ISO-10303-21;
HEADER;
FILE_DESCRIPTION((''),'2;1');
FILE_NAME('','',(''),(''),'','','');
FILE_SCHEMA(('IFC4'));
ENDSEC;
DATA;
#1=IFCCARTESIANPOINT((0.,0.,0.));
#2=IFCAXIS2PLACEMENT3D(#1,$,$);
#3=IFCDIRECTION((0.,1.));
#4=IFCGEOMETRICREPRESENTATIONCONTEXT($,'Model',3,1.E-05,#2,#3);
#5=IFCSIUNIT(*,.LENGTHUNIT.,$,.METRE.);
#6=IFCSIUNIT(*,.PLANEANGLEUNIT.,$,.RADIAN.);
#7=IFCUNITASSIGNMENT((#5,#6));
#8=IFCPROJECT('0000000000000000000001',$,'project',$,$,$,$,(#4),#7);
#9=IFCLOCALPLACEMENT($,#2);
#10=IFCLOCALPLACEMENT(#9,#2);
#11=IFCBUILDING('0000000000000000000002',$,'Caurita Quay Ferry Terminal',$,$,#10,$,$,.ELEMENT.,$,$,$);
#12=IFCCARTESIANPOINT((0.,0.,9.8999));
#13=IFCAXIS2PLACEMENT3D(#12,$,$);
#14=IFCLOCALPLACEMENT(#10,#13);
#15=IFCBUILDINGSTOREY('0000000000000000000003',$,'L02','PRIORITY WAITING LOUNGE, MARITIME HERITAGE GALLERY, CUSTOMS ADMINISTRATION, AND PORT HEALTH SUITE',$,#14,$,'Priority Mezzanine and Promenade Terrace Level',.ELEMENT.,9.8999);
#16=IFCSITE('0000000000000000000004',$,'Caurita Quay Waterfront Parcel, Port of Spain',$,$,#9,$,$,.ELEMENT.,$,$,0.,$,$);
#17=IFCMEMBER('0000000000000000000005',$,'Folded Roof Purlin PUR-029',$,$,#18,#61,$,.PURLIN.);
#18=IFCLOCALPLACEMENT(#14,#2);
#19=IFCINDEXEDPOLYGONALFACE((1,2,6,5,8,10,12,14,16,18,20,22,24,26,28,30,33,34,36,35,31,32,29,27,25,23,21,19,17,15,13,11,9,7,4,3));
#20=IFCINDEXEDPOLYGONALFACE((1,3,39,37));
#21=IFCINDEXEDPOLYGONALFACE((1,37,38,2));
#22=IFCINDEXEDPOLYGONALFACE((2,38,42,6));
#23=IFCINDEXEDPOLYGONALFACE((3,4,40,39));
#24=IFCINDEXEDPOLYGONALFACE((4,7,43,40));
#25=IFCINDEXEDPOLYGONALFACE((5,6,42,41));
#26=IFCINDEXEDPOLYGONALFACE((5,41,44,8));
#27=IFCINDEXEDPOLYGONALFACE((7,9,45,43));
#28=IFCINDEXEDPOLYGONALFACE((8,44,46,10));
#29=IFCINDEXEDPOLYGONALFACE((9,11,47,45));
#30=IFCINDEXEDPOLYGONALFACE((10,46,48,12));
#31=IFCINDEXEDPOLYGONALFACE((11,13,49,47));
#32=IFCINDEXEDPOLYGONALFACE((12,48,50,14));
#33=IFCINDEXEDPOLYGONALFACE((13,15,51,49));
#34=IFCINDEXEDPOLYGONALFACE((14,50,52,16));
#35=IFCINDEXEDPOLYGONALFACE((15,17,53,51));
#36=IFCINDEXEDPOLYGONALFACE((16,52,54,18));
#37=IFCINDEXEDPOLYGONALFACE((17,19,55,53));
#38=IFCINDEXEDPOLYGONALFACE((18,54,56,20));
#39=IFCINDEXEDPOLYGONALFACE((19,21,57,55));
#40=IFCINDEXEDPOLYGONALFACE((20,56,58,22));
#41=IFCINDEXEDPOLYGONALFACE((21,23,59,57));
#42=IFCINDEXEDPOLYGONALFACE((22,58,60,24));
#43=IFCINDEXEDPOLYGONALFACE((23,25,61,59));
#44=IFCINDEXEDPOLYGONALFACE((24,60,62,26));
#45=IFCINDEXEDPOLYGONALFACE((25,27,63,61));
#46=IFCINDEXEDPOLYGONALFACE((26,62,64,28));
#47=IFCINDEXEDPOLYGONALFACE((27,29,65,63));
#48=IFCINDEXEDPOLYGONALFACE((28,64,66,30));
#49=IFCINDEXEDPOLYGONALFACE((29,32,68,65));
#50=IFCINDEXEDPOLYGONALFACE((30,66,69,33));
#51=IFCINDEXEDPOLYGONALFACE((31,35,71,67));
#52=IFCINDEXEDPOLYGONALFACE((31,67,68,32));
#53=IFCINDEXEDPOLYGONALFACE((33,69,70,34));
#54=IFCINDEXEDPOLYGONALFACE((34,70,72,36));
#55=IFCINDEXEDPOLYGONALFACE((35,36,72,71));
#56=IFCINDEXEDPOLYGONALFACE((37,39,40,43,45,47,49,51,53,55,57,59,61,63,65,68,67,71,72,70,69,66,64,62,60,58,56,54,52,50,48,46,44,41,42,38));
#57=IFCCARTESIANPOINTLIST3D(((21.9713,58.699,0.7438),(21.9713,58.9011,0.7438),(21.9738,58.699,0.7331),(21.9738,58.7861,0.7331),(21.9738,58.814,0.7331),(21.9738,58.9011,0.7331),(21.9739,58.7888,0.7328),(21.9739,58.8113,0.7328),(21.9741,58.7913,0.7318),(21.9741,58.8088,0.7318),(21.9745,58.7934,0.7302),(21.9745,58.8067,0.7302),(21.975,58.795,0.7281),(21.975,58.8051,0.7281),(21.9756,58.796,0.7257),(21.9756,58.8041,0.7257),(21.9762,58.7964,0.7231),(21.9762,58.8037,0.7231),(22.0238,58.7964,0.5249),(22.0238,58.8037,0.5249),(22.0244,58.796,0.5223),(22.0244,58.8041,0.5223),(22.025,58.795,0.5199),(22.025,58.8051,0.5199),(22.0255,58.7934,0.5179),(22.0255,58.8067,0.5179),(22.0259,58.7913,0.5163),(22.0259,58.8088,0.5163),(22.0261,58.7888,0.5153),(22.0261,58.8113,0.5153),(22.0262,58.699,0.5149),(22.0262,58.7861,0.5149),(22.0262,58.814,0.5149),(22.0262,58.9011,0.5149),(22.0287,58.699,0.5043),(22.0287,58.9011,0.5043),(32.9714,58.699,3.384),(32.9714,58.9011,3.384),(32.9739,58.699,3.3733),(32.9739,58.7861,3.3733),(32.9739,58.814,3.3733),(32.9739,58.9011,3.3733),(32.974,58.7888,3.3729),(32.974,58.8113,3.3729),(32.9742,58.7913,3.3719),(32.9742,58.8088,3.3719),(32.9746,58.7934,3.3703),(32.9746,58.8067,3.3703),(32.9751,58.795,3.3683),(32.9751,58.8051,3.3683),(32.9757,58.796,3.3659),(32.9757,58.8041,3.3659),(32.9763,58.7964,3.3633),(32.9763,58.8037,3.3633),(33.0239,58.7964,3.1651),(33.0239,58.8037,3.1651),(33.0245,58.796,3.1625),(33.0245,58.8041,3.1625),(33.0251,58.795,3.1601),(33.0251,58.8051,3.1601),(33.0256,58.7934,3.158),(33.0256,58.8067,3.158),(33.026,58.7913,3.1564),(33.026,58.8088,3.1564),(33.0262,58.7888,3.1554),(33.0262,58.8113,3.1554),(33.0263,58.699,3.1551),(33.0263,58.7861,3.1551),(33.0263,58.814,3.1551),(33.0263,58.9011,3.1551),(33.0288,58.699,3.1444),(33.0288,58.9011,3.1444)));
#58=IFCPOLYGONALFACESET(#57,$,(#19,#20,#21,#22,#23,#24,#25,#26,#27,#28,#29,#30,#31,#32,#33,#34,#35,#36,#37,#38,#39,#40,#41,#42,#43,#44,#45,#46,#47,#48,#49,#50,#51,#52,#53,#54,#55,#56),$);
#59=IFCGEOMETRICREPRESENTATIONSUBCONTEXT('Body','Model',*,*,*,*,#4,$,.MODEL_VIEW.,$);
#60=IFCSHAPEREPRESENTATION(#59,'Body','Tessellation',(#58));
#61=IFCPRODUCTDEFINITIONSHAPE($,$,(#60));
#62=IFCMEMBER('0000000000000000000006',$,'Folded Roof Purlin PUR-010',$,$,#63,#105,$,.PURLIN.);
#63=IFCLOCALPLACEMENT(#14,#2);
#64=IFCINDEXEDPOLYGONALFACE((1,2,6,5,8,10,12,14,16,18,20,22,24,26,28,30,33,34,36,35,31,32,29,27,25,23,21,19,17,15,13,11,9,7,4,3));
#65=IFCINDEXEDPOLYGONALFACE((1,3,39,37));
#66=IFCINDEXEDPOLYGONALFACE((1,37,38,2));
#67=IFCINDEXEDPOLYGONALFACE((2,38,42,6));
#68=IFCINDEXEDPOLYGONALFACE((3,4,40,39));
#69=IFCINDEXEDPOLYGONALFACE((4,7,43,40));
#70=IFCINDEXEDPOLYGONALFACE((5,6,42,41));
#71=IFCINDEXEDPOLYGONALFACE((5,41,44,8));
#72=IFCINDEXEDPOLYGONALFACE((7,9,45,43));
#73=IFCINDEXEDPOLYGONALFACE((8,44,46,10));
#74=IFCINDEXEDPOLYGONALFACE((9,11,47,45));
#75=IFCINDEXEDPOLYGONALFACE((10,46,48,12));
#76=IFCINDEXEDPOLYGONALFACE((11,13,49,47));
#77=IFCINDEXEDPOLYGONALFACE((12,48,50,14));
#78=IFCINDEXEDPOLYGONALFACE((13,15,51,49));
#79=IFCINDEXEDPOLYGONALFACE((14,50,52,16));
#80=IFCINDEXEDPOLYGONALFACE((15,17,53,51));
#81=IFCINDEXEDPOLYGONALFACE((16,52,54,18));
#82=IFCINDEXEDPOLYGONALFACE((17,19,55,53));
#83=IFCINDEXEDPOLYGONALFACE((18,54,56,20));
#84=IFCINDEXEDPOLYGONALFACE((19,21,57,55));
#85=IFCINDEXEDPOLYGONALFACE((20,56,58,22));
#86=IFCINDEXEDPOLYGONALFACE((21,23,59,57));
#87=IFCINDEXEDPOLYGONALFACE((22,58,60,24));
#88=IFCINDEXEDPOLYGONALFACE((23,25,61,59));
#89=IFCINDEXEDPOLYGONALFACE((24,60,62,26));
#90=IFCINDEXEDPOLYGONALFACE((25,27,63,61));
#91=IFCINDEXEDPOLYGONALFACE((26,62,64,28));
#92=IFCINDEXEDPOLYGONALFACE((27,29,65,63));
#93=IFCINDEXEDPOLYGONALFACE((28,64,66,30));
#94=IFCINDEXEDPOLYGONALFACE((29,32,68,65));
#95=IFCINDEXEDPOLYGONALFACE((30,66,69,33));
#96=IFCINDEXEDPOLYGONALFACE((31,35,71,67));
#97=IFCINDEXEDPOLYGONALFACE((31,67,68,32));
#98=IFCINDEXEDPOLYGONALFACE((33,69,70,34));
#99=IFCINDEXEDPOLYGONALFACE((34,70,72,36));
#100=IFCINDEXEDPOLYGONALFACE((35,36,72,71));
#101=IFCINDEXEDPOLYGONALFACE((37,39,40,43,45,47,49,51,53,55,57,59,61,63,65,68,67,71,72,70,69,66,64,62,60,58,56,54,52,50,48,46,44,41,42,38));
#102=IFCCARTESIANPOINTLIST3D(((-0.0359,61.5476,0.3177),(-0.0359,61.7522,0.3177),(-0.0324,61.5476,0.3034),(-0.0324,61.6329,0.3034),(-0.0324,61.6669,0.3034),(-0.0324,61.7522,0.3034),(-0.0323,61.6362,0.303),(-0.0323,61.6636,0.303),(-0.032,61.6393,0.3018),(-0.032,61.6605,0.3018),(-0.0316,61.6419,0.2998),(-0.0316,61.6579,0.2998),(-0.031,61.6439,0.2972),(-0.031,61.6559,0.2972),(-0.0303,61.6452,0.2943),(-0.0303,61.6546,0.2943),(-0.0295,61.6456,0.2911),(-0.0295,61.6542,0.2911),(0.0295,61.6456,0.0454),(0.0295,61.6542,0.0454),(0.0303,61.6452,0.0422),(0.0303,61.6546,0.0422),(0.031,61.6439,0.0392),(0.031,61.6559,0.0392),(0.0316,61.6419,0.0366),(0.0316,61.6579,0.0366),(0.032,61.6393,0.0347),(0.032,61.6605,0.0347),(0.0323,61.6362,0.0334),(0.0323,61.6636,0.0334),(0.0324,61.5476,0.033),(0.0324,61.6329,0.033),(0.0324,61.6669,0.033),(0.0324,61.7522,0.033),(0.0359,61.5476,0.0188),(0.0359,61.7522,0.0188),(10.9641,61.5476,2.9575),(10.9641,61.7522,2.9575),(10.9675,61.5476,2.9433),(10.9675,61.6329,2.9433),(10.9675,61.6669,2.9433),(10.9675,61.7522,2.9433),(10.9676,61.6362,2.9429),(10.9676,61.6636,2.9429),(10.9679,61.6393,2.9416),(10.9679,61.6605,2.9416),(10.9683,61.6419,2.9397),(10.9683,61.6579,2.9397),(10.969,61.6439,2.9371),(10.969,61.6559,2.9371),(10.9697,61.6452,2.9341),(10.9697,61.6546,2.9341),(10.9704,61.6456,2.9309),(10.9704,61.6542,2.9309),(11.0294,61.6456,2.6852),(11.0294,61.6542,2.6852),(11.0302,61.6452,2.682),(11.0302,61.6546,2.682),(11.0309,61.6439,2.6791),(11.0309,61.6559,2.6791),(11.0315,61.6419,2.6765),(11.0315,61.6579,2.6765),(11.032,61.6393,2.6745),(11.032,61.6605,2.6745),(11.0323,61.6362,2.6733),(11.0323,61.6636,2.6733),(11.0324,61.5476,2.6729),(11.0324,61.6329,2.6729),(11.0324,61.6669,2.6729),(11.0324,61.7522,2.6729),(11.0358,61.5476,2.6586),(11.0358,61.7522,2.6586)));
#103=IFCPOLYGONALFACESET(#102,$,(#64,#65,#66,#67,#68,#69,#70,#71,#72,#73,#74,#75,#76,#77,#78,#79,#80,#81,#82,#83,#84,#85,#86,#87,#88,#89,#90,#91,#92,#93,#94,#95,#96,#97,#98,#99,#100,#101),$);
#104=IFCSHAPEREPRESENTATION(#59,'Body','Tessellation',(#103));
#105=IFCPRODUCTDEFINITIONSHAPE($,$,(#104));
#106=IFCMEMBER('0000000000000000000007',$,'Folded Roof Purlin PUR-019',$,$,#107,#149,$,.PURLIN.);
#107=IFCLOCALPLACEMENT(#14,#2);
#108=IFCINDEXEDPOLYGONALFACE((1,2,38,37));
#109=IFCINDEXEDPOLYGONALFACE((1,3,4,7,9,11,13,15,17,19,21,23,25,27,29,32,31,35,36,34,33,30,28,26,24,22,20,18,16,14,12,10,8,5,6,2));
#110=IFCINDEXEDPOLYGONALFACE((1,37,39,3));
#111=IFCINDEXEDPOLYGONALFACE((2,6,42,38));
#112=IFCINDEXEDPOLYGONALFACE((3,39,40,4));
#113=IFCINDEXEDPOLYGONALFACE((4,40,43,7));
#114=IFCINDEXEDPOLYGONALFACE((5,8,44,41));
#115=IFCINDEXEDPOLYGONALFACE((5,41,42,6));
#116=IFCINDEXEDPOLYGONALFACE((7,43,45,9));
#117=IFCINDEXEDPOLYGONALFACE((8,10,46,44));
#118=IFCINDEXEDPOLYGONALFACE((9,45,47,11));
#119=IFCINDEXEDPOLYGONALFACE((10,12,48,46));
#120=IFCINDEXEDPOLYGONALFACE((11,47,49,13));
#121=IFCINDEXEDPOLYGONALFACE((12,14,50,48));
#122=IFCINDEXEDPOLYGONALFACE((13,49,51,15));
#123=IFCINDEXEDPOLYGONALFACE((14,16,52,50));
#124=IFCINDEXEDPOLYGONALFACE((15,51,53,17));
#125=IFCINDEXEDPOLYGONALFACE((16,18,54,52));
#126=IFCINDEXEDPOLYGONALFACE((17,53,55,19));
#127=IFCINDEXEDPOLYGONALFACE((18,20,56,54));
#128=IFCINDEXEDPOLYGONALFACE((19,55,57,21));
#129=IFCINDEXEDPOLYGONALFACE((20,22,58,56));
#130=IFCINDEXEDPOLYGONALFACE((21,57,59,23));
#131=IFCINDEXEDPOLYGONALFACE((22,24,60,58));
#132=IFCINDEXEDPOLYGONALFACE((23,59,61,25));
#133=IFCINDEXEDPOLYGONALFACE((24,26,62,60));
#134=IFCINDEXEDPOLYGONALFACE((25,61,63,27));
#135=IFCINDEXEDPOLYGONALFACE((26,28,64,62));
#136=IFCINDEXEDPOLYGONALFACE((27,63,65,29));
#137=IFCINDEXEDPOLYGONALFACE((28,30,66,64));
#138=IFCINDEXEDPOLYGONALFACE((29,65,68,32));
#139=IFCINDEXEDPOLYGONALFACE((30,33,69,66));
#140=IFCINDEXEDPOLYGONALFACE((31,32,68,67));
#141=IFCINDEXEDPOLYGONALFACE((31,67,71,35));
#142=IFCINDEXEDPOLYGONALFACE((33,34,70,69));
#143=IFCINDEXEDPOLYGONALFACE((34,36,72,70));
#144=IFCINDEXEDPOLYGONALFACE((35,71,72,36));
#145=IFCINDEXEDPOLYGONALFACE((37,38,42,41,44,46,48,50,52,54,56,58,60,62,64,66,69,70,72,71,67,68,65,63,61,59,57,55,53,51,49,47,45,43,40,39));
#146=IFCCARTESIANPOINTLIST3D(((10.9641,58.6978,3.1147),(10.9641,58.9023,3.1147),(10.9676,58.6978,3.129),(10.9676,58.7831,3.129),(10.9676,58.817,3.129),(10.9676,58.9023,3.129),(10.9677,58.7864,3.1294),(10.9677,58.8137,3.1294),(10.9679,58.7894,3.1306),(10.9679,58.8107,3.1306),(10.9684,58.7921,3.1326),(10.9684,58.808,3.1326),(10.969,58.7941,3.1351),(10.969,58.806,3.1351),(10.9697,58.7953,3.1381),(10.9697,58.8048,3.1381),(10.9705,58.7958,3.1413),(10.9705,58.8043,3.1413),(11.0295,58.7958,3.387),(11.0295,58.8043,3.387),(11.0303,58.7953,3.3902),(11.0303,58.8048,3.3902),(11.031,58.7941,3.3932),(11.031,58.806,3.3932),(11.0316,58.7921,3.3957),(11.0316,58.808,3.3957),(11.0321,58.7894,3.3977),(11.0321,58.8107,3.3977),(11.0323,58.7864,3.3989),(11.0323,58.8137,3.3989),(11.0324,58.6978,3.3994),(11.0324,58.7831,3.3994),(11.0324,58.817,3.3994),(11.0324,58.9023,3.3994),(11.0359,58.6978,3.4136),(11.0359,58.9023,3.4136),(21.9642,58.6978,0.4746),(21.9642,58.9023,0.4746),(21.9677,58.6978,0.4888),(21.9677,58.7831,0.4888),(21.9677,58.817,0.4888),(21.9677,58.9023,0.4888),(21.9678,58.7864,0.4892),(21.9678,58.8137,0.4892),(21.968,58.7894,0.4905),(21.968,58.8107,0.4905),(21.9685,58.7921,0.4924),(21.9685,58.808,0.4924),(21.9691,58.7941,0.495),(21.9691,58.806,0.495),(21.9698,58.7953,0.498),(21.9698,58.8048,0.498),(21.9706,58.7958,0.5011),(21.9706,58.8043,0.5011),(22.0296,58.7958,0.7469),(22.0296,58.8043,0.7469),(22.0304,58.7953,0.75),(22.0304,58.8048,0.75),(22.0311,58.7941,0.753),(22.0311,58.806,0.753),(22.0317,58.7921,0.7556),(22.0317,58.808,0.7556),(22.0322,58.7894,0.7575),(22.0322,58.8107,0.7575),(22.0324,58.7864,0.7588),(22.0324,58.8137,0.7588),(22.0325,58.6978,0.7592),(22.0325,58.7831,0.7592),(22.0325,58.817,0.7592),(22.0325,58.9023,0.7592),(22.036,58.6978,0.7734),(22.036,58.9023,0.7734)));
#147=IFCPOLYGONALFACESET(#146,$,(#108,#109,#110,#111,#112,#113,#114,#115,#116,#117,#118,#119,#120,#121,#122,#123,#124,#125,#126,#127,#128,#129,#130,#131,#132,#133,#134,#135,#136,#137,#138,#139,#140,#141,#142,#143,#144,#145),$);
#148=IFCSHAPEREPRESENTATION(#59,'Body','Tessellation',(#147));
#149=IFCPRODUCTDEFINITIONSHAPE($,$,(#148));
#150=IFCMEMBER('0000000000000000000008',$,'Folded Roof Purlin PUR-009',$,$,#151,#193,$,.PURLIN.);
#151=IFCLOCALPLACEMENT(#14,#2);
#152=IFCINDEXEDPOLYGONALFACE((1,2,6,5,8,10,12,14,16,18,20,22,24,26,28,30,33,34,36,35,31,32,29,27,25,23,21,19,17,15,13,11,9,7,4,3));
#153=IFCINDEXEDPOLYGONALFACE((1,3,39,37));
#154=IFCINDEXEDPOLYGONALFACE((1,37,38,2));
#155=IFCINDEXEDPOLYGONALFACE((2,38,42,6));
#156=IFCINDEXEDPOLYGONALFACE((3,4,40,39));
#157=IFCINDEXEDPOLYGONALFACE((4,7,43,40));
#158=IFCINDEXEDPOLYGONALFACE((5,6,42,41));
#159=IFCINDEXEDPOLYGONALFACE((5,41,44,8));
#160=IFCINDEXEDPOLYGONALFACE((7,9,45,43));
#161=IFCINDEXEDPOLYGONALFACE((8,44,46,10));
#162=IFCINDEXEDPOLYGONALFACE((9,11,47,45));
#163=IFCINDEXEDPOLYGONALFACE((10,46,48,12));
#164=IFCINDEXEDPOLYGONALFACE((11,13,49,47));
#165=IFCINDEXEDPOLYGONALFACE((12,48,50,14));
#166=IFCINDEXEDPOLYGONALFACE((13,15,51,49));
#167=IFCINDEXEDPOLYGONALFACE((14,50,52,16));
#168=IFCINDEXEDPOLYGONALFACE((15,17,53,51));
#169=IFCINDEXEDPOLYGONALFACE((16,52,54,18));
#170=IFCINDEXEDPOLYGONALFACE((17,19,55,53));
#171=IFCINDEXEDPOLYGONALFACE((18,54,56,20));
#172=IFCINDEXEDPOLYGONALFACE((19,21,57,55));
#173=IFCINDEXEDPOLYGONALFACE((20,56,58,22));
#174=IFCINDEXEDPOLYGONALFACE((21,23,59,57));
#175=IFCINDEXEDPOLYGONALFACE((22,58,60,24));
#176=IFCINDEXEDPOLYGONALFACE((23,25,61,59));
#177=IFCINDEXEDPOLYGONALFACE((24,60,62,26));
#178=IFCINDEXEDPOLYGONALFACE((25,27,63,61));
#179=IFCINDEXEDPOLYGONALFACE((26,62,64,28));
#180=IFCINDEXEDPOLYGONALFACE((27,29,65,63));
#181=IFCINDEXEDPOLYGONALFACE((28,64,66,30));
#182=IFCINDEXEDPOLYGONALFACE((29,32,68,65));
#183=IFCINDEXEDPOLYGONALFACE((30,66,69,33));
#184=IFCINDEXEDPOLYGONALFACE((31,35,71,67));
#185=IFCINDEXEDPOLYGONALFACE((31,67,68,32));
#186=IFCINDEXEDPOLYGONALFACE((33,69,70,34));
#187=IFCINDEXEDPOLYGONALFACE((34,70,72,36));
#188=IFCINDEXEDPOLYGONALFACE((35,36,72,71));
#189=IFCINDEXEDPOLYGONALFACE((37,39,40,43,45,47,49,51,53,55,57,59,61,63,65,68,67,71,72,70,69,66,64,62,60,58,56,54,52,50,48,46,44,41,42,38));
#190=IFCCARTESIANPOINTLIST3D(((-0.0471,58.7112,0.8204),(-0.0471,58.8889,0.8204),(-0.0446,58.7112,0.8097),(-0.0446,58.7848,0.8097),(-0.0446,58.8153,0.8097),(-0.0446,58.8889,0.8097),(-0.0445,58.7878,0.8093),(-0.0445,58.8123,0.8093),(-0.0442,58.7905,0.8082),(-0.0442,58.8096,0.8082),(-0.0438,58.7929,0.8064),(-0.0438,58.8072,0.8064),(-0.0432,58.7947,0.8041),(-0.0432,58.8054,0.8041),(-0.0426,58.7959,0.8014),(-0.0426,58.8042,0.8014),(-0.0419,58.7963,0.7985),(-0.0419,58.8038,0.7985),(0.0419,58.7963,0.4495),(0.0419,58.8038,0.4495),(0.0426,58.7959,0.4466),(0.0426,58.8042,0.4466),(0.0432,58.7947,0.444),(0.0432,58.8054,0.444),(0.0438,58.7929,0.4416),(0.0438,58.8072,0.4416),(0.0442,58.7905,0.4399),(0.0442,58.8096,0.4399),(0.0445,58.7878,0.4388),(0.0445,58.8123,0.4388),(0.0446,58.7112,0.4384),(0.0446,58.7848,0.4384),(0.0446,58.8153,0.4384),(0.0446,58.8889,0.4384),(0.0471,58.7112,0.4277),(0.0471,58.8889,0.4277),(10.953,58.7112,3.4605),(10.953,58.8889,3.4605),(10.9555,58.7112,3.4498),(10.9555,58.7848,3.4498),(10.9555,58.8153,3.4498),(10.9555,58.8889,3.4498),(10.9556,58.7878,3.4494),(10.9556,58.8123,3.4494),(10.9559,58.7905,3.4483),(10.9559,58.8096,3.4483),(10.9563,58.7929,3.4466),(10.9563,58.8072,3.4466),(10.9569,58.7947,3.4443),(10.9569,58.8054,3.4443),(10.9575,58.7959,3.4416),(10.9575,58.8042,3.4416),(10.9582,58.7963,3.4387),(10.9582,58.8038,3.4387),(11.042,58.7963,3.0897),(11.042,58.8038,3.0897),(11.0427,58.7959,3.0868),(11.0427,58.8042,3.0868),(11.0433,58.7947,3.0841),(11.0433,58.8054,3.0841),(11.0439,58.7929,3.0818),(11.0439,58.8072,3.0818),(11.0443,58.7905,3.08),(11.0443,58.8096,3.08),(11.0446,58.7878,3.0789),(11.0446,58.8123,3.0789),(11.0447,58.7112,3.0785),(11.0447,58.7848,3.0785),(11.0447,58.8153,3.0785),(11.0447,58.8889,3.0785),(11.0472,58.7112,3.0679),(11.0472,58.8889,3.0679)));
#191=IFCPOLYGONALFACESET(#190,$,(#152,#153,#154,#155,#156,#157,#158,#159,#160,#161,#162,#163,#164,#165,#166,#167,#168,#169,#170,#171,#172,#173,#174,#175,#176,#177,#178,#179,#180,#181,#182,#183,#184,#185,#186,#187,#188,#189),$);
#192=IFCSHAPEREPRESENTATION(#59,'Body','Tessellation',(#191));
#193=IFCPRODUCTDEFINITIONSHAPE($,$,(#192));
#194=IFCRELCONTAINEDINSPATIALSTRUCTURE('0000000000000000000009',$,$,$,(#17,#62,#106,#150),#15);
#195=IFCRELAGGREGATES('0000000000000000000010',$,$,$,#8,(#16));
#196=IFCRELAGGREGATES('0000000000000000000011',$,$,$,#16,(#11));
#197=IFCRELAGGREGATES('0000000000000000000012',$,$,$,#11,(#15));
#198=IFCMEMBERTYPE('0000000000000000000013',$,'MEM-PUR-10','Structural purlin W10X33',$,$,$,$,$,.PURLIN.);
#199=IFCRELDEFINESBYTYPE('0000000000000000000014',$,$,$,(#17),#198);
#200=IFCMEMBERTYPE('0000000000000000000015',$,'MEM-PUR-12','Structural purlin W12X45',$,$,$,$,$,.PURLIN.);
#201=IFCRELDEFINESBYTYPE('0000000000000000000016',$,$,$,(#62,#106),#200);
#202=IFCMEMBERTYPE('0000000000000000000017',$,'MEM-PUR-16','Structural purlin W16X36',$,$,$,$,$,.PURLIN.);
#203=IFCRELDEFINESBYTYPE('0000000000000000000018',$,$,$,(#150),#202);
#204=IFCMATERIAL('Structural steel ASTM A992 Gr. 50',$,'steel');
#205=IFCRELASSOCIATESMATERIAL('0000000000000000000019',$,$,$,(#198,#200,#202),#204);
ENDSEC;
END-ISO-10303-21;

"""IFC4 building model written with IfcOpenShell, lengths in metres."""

from ifc_helpers import new_model, si_unit, direction, frame, origin, origin_2d, place, context, subcontext, project, spatial, i_section, extrude, material, material_profile, profile_set, type_object, element, save


model = new_model("IFC4")

# Units and contexts
model_context = context("Model", 3, precision=1e-05, world=origin(), true_north=direction((0.0, 1.0)))
body_context = subcontext(model_context, "Body", "Model", "MODEL_VIEW")
ifc_project = project(units=[si_unit("LENGTHUNIT", "METRE"), si_unit("PLANEANGLEUNIT", "RADIAN")], contexts=[model_context])

# Site, building, storey
site_placement = place(None, origin())
site = spatial("IfcSite", under=ifc_project, at=site_placement, Name="Caurita Quay Waterfront Parcel, Port of Spain", CompositionType="ELEMENT", RefElevation=0.0)
building_placement = place(site_placement, origin())
building = spatial("IfcBuilding", under=site, at=building_placement, Name="Caurita Quay Ferry Terminal", CompositionType="ELEMENT")
storey_placement = place(building_placement, frame((0.0, 0.0, 9.8999)))
storey = spatial("IfcBuildingStorey", under=building, at=storey_placement, Name="L02", Description="PRIORITY WAITING LOUNGE, MARITIME HERITAGE GALLERY, CUSTOMS ADMINISTRATION, AND PORT HEALTH SUITE", LongName="Priority Mezzanine and Promenade Terrace Level", CompositionType="ELEMENT", Elevation=9.8999)

# Shared definitions
ifc_material_1 = material(Name="Structural steel ASTM A992 Gr. 50", Category="steel")

# Members
ifc_material_profile_1 = material_profile(ifc_material_1, i_section(OverallWidth=0.2021, OverallDepth=0.2463, WebThickness=0.0073, FlangeThickness=0.011, FilletRadius=0.0103, at=origin_2d()), Name="W10X33")
ifc_profile_set_1 = profile_set([ifc_material_profile_1], Name="Structural steel ASTM A992 Gr. 50")
member_type_1 = type_object("IfcMemberType", Name="MEM-PUR-10", Description="Structural purlin W10X33", PredefinedType="PURLIN", material=ifc_profile_set_1)
member_1_placement = place(storey_placement, frame((22.0, 58.8, 0.624), z_axis=(0.972385, 0.0, 0.233384), x_axis=(0.0, 1.0, 0.0)))
element("IfcMember", 1, at=member_1_placement, inside=storey, type_object=member_type_1, Name="Folded Roof Purlin PUR-029", PredefinedType="PURLIN", context=body_context, shape_type="SweptSolid", body=[
    extrude(i_section(OverallWidth=0.2021, OverallDepth=0.2463, WebThickness=0.0073, FlangeThickness=0.011, FilletRadius=0.0103, at=origin_2d()), origin(), (0.0, 0.0, 1.0), 11.3125),
])
ifc_material_profile_2 = material_profile(ifc_material_1, i_section(OverallWidth=0.2046, OverallDepth=0.3074, WebThickness=0.0085, FlangeThickness=0.0146, FilletRadius=0.0127, at=origin_2d()), Name="W12X45")
ifc_profile_set_2 = profile_set([ifc_material_profile_2], Name="Structural steel ASTM A992 Gr. 50")
member_type_2 = type_object("IfcMemberType", Name="MEM-PUR-12", Description="Structural purlin W12X45", PredefinedType="PURLIN", material=ifc_profile_set_2)
member_2_placement = place(storey_placement, frame((0.0, 61.6499, 0.1682), z_axis=(0.972389, 0.0, 0.233364), x_axis=(0.0, 1.0, 0.0)))
element("IfcMember", 2, at=member_2_placement, inside=storey, type_object=member_type_2, Name="Folded Roof Purlin PUR-010", PredefinedType="PURLIN", context=body_context, shape_type="SweptSolid", body=[
    extrude(i_section(OverallWidth=0.2046, OverallDepth=0.3074, WebThickness=0.0085, FlangeThickness=0.0146, FilletRadius=0.0127, at=origin_2d()), origin(), (0.0, 0.0, 1.0), 11.3123),
])
member_3_placement = place(storey_placement, frame((11.0, 58.8, 3.2642), z_axis=(0.972385, 0.0, -0.233384), x_axis=(0.0, 1.0, 0.0)))
element("IfcMember", 3, at=member_3_placement, inside=storey, type_object=member_type_2, Name="Folded Roof Purlin PUR-019", PredefinedType="PURLIN", context=body_context, shape_type="SweptSolid", body=[
    extrude(i_section(OverallWidth=0.2046, OverallDepth=0.3074, WebThickness=0.0085, FlangeThickness=0.0146, FilletRadius=0.0127, at=origin_2d()), origin(), (0.0, 0.0, 1.0), 11.3125),
])
ifc_material_profile_3 = material_profile(ifc_material_1, i_section(OverallWidth=0.1777, OverallDepth=0.4038, WebThickness=0.0076, FlangeThickness=0.011, FilletRadius=0.0115, at=origin_2d()), Name="W16X36")
ifc_profile_set_3 = profile_set([ifc_material_profile_3], Name="Structural steel ASTM A992 Gr. 50")
member_type_3 = type_object("IfcMemberType", Name="MEM-PUR-16", Description="Structural purlin W16X36", PredefinedType="PURLIN", material=ifc_profile_set_3)
member_4_placement = place(storey_placement, frame((0.0, 58.8, 0.624), z_axis=(0.972385, 0.0, 0.233384), x_axis=(0.0, 1.0, 0.0)))
element("IfcMember", 4, at=member_4_placement, inside=storey, type_object=member_type_3, Name="Folded Roof Purlin PUR-009", PredefinedType="PURLIN", context=body_context, shape_type="SweptSolid", body=[
    extrude(i_section(OverallWidth=0.1777, OverallDepth=0.4038, WebThickness=0.0076, FlangeThickness=0.011, FilletRadius=0.0115, at=origin_2d()), origin(), (0.0, 0.0, 1.0), 11.3125),
])

save(model, "model.ifc")
